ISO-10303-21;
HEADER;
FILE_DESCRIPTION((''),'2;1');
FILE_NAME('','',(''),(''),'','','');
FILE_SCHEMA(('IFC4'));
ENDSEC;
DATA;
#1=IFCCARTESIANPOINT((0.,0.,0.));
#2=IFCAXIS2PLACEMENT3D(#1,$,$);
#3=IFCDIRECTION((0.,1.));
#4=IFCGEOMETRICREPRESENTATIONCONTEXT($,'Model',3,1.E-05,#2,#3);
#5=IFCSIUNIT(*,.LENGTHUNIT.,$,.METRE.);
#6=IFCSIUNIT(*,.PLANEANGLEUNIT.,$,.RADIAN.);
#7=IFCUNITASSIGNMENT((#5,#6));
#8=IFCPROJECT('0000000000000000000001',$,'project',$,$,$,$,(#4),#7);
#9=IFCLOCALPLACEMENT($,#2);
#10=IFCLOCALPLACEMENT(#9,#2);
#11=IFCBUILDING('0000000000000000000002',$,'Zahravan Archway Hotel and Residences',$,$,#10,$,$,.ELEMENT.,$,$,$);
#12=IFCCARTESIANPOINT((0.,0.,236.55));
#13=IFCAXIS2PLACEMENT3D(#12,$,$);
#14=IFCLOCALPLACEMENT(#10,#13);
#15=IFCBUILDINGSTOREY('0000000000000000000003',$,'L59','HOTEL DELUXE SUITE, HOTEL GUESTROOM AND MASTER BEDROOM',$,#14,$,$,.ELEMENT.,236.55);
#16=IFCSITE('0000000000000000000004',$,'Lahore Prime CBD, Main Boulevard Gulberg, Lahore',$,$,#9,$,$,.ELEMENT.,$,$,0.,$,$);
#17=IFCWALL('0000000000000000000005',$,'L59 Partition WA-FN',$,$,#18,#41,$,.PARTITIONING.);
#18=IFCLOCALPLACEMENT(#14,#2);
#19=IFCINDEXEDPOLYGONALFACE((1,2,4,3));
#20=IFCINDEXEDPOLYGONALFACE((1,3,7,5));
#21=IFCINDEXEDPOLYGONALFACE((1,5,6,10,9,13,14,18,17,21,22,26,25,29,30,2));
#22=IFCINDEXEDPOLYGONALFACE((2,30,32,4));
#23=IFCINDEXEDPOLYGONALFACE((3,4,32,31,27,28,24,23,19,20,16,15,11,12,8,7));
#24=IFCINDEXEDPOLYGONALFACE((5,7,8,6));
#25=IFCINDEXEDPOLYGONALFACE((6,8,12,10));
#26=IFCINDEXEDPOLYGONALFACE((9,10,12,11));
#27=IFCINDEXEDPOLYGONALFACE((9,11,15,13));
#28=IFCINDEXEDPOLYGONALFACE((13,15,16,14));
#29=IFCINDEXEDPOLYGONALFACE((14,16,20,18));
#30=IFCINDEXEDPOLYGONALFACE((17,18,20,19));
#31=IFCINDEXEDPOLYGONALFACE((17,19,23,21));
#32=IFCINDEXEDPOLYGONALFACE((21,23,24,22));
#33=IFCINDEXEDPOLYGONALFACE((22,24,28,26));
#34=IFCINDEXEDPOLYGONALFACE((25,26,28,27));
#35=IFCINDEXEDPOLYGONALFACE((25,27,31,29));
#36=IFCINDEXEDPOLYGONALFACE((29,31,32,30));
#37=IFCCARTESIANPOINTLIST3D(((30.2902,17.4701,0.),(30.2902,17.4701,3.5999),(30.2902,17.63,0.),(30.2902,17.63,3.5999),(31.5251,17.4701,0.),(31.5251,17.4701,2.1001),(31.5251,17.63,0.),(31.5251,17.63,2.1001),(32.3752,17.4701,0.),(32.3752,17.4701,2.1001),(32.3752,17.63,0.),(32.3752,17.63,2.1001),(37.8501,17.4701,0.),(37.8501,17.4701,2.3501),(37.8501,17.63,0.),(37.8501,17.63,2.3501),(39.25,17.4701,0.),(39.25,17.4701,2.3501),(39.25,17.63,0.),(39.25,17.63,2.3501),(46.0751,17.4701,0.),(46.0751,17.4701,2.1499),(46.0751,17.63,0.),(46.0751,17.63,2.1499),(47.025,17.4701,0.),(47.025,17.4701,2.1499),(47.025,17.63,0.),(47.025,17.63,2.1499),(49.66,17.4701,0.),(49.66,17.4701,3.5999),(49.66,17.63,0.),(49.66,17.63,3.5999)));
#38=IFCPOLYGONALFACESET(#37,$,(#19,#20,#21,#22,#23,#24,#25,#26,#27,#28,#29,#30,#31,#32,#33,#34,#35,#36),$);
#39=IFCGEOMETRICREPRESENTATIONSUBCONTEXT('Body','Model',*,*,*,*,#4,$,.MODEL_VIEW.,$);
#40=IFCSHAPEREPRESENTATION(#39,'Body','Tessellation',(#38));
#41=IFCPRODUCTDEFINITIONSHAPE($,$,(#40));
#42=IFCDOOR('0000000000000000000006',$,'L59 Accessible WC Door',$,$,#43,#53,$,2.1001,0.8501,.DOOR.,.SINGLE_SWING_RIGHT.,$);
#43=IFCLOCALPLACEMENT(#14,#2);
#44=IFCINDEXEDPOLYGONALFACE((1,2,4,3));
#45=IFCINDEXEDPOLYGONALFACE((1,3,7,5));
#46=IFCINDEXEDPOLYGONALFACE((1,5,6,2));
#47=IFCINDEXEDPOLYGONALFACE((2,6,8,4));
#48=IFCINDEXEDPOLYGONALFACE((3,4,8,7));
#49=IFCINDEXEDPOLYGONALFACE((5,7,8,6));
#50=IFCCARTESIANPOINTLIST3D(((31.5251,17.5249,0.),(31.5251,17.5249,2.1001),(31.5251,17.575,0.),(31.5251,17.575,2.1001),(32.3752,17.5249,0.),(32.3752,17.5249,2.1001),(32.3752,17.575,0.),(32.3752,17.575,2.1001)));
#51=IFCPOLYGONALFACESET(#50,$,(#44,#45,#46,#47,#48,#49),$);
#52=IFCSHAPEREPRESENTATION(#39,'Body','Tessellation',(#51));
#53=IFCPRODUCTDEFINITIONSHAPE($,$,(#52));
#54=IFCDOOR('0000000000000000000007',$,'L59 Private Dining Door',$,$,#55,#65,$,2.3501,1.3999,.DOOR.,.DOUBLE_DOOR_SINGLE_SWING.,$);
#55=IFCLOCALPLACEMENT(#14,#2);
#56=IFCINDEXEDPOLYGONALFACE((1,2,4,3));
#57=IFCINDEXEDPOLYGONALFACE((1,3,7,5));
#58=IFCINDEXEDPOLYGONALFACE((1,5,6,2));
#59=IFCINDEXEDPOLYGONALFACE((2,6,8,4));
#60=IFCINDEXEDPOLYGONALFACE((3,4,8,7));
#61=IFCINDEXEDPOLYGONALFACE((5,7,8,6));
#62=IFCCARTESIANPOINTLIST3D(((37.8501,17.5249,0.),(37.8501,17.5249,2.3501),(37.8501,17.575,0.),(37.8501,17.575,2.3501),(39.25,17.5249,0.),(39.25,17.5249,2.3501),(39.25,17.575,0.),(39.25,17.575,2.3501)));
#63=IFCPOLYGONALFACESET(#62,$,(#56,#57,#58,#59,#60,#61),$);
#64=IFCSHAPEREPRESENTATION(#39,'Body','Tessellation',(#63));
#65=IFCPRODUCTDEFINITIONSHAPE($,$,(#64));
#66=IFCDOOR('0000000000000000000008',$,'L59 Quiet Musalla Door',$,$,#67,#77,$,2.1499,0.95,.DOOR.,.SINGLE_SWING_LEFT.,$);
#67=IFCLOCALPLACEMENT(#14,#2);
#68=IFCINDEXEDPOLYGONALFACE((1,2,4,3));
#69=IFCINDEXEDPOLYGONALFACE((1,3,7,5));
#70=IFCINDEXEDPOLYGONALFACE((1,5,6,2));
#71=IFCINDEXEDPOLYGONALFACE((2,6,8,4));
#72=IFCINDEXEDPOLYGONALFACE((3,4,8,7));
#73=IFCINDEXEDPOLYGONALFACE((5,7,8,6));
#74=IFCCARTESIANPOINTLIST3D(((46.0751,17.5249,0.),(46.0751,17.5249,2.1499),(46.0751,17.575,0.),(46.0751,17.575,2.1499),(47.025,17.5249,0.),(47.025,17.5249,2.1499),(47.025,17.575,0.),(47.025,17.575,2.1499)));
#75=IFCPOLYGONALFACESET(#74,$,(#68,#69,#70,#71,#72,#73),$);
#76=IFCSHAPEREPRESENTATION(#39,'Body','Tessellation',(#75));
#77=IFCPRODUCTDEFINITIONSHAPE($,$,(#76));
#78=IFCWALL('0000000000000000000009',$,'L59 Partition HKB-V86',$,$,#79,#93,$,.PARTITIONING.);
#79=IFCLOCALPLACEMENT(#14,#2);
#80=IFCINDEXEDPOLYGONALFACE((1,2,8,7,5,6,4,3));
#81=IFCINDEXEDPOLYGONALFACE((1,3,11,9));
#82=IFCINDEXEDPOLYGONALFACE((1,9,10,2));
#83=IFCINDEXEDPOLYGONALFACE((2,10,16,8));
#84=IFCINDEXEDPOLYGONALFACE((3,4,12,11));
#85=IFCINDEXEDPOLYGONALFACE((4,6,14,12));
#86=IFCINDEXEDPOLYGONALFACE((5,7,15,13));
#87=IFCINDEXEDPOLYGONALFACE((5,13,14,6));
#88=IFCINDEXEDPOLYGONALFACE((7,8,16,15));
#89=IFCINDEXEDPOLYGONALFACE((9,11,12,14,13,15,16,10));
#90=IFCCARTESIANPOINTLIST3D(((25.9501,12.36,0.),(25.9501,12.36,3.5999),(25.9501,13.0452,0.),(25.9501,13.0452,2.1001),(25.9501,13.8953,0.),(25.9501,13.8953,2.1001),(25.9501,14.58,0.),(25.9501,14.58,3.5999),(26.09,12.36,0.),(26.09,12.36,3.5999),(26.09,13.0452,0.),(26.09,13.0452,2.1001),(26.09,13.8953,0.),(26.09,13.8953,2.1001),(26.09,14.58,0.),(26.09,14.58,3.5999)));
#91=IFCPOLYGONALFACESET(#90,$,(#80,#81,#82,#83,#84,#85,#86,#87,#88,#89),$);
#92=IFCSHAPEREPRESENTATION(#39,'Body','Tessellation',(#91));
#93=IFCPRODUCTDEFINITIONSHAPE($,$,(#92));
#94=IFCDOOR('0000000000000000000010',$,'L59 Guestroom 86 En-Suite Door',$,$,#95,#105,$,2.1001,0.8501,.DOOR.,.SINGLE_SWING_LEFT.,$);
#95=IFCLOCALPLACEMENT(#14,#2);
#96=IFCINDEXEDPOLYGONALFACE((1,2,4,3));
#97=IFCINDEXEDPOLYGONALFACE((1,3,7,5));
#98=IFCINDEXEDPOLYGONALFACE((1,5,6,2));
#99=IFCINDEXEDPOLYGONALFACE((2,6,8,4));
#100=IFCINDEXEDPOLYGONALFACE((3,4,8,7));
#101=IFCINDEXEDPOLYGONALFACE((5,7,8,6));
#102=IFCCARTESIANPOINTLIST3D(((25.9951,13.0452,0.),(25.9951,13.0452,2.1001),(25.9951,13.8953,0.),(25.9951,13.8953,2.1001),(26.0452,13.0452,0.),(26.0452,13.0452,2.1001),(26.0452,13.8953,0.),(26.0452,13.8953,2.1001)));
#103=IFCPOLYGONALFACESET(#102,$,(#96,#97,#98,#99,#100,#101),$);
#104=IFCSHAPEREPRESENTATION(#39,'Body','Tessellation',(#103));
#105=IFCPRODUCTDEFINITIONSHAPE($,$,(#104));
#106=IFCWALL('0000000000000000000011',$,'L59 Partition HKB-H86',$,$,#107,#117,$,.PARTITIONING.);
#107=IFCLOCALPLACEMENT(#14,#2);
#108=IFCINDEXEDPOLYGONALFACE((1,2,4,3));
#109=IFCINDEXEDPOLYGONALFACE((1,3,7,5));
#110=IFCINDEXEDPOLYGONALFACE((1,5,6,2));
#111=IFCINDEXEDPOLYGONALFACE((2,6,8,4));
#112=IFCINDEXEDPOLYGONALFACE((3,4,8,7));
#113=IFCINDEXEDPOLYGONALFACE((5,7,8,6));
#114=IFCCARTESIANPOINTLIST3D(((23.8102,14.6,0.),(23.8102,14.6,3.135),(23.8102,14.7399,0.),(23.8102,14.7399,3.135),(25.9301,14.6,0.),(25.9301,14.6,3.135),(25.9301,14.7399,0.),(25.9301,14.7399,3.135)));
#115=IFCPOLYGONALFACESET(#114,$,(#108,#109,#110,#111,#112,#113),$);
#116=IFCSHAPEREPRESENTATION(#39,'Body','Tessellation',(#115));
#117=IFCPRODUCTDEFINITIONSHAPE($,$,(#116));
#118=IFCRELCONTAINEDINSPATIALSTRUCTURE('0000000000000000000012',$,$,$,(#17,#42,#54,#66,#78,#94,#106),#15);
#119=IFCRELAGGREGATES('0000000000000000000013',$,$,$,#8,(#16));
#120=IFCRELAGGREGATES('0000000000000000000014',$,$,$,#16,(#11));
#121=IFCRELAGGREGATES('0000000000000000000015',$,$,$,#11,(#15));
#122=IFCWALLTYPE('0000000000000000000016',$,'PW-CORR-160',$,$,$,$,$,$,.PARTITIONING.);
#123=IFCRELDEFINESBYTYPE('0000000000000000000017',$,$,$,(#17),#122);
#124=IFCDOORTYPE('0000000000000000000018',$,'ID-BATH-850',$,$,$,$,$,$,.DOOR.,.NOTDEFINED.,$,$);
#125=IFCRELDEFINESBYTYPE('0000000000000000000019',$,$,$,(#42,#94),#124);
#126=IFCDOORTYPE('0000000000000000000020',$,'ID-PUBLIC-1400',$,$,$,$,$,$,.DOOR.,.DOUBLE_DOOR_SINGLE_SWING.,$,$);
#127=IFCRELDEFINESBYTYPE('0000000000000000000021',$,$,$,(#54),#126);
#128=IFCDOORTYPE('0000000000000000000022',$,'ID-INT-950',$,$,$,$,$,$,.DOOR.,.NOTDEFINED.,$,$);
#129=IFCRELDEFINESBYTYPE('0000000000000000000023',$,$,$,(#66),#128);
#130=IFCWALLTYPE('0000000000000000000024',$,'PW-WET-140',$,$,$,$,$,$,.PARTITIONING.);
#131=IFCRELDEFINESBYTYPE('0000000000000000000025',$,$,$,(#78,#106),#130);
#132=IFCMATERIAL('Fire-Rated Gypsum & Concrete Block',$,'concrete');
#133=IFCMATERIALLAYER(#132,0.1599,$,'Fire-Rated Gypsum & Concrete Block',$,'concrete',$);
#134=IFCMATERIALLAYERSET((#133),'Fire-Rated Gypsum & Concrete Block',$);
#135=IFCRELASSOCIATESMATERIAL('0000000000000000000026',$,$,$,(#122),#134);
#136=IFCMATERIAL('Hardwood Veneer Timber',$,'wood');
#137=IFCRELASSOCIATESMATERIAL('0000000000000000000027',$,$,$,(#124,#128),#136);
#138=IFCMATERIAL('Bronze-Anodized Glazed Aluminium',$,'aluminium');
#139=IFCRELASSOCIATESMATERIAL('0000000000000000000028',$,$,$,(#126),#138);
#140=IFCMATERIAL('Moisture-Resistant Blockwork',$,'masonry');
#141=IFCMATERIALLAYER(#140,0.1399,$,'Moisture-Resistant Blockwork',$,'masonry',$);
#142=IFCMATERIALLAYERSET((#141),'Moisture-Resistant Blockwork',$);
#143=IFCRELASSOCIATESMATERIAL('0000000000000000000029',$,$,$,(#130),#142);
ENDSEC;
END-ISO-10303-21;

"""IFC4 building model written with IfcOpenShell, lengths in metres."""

from ifc_helpers import new_model, si_unit, direction, frame, frame_2d, origin, place, context, subcontext, project, spatial, rectangle, extrude, source, transform, mapped, material, layer, layer_set, type_object, type_shapes, element, fill, save


model = new_model("IFC4")

# Units and contexts
model_context = context("Model", 3, precision=1e-05, world=origin(), true_north=direction((0.0, 1.0)))
body_context = subcontext(model_context, "Body", "Model", "MODEL_VIEW")
ifc_project = project(units=[si_unit("LENGTHUNIT", "METRE"), si_unit("PLANEANGLEUNIT", "RADIAN")], contexts=[model_context])

# Site, building, storey
site_placement = place(None, origin())
site = spatial("IfcSite", under=ifc_project, at=site_placement, Name="Lahore Prime CBD, Main Boulevard Gulberg, Lahore", CompositionType="ELEMENT", RefElevation=0.0)
building_placement = place(site_placement, origin())
building = spatial("IfcBuilding", under=site, at=building_placement, Name="Zahravan Archway Hotel and Residences", CompositionType="ELEMENT")
storey_placement = place(building_placement, frame((0.0, 0.0, 236.55)))
storey = spatial("IfcBuildingStorey", under=building, at=storey_placement, Name="L59", Description="HOTEL DELUXE SUITE, HOTEL GUESTROOM AND MASTER BEDROOM", CompositionType="ELEMENT", Elevation=236.55)

# Shared definitions
ifc_material_1 = material(Name="Fire-Rated Gypsum & Concrete Block", Category="concrete")
ifc_layer_1 = layer(ifc_material_1, 0.1599, Name="Fire-Rated Gypsum & Concrete Block", Category="concrete")
ifc_layer_set_1 = layer_set([ifc_layer_1], Name="Fire-Rated Gypsum & Concrete Block")
wall_type_1 = type_object("IfcWallType", Name="PW-CORR-160", PredefinedType="PARTITIONING", material=ifc_layer_set_1)

# Wall, openings, doors
wall_1_placement = place(storey_placement, frame((30.29, 17.55, 0.0), z_axis=(0.0, 0.0, 1.0), x_axis=(1.0, 0.0, 0.0)))
wall_1 = element("IfcWall", 1, at=wall_1_placement, inside=storey, type_object=wall_type_1, Name="L59 Partition WA-FN", PredefinedType="PARTITIONING", context=body_context, shape_type="SweptSolid", body=[
    extrude(rectangle(XDim=19.3699, YDim=0.1599, at=frame_2d((9.6851, 0.0))), origin(), (0.0, 0.0, 1.0), 3.5999),
])
opening_1_placement = place(wall_1_placement, frame((1.2351, 0.0, 0.0)))
opening_1 = element("IfcOpeningElement", 2, at=opening_1_placement, cuts=wall_1, PredefinedType="OPENING", context=body_context, shape_type="SweptSolid", body=[
    extrude(rectangle(XDim=0.8501, YDim=2.1001, at=frame_2d((0.425, 1.05))), frame((0.0, 0.0898, 0.0), z_axis=(0.0, -1.0, 0.0), x_axis=(1.0, 0.0, 0.0)), (0.0, 0.0, 1.0), 0.1799),
])
opening_2_placement = place(wall_1_placement, frame((7.5601, 0.0, 0.0)))
opening_2 = element("IfcOpeningElement", 3, at=opening_2_placement, cuts=wall_1, PredefinedType="OPENING", context=body_context, shape_type="SweptSolid", body=[
    extrude(rectangle(XDim=1.3999, YDim=2.3501, at=frame_2d((0.7, 1.175))), frame((0.0, 0.0898, 0.0), z_axis=(0.0, -1.0, 0.0), x_axis=(1.0, 0.0, 0.0)), (0.0, 0.0, 1.0), 0.1799),
])
opening_3_placement = place(wall_1_placement, frame((15.7849, 0.0, 0.0)))
opening_3 = element("IfcOpeningElement", 4, at=opening_3_placement, cuts=wall_1, PredefinedType="OPENING", context=body_context, shape_type="SweptSolid", body=[
    extrude(rectangle(XDim=0.95, YDim=2.1499, at=frame_2d((0.4751, 1.075))), frame((0.0, 0.0898, 0.0), z_axis=(0.0, -1.0, 0.0), x_axis=(1.0, 0.0, 0.0)), (0.0, 0.0, 1.0), 0.1799),
])
ifc_material_2 = material(Name="Hardwood Veneer Timber", Category="wood")
door_type_1 = type_object("IfcDoorType", Name="ID-BATH-850", OperationType="NOTDEFINED", PredefinedType="DOOR", material=ifc_material_2)
shared_shape_1 = source(origin(), body_context, "Body", "SweptSolid", [
    extrude(rectangle(XDim=0.8501, YDim=2.1001, at=frame_2d((0.425, 1.05))), frame((0.0, 0.0249, 0.0), z_axis=(0.0, -1.0, 0.0), x_axis=(1.0, 0.0, 0.0)), (0.0, 0.0, 1.0), 0.05),
])
type_shapes(door_type_1, [shared_shape_1])
door_1_placement = place(opening_1_placement, origin())
door_1 = element("IfcDoor", 5, at=door_1_placement, inside=storey, type_object=door_type_1, Name="L59 Accessible WC Door", OperationType="SINGLE_SWING_RIGHT", OverallHeight=2.1001, OverallWidth=0.8501, PredefinedType="DOOR", context=body_context, shape_type="MappedRepresentation", body=[
    mapped(shared_shape_1, transform((0.0, 0.0, 0.0), scale=1.0)),
])
fill(opening_1, door_1)
ifc_material_3 = material(Name="Bronze-Anodized Glazed Aluminium", Category="aluminium")
door_type_2 = type_object("IfcDoorType", Name="ID-PUBLIC-1400", OperationType="DOUBLE_DOOR_SINGLE_SWING", PredefinedType="DOOR", material=ifc_material_3)
shared_shape_2 = source(origin(), body_context, "Body", "SweptSolid", [
    extrude(rectangle(XDim=1.3999, YDim=2.3501, at=frame_2d((0.7, 1.175))), frame((0.0, 0.0249, 0.0), z_axis=(0.0, -1.0, 0.0), x_axis=(1.0, 0.0, 0.0)), (0.0, 0.0, 1.0), 0.05),
])
type_shapes(door_type_2, [shared_shape_2])
door_2_placement = place(opening_2_placement, origin())
door_2 = element("IfcDoor", 6, at=door_2_placement, inside=storey, type_object=door_type_2, Name="L59 Private Dining Door", OperationType="DOUBLE_DOOR_SINGLE_SWING", OverallHeight=2.3501, OverallWidth=1.3999, PredefinedType="DOOR", context=body_context, shape_type="MappedRepresentation", body=[
    mapped(shared_shape_2, transform((0.0, 0.0, 0.0), scale=1.0)),
])
fill(opening_2, door_2)
door_type_3 = type_object("IfcDoorType", Name="ID-INT-950", OperationType="NOTDEFINED", PredefinedType="DOOR", material=ifc_material_2)
shared_shape_3 = source(origin(), body_context, "Body", "SweptSolid", [
    extrude(rectangle(XDim=0.95, YDim=2.1499, at=frame_2d((0.4751, 1.075))), frame((0.0, 0.0249, 0.0), z_axis=(0.0, -1.0, 0.0), x_axis=(1.0, 0.0, 0.0)), (0.0, 0.0, 1.0), 0.05),
])
type_shapes(door_type_3, [shared_shape_3])
door_3_placement = place(opening_3_placement, origin())
door_3 = element("IfcDoor", 7, at=door_3_placement, inside=storey, type_object=door_type_3, Name="L59 Quiet Musalla Door", OperationType="SINGLE_SWING_LEFT", OverallHeight=2.1499, OverallWidth=0.95, PredefinedType="DOOR", context=body_context, shape_type="MappedRepresentation", body=[
    mapped(shared_shape_3, transform((0.0, 0.0, 0.0), scale=1.0)),
])
fill(opening_3, door_3)

# Wall, opening, door
ifc_material_4 = material(Name="Moisture-Resistant Blockwork", Category="masonry")
ifc_layer_2 = layer(ifc_material_4, 0.1399, Name="Moisture-Resistant Blockwork", Category="masonry")
ifc_layer_set_2 = layer_set([ifc_layer_2], Name="Moisture-Resistant Blockwork")
wall_type_2 = type_object("IfcWallType", Name="PW-WET-140", PredefinedType="PARTITIONING", material=ifc_layer_set_2)
wall_2_placement = place(storey_placement, frame((26.02, 12.3601, 0.0), z_axis=(0.0, 0.0, 1.0), x_axis=(0.0, 1.0, 0.0)))
wall_2 = element("IfcWall", 8, at=wall_2_placement, inside=storey, type_object=wall_type_2, Name="L59 Partition HKB-V86", PredefinedType="PARTITIONING", context=body_context, shape_type="SweptSolid", body=[
    extrude(rectangle(XDim=2.22, YDim=0.1399, at=frame_2d((1.1099, 0.0))), origin(), (0.0, 0.0, 1.0), 3.5999),
])
opening_4_placement = place(wall_2_placement, frame((0.6851, 0.0, 0.0)))
opening_4 = element("IfcOpeningElement", 9, at=opening_4_placement, cuts=wall_2, PredefinedType="OPENING", context=body_context, shape_type="SweptSolid", body=[
    extrude(rectangle(XDim=0.8501, YDim=2.1001, at=frame_2d((0.425, 1.05))), frame((0.0, 0.0801, 0.0), z_axis=(0.0, -1.0, 0.0), x_axis=(1.0, 0.0, 0.0)), (0.0, 0.0, 1.0), 0.1599),
])
door_4_placement = place(opening_4_placement, origin())
door_4 = element("IfcDoor", 10, at=door_4_placement, inside=storey, type_object=door_type_1, Name="L59 Guestroom 86 En-Suite Door", OperationType="SINGLE_SWING_LEFT", OverallHeight=2.1001, OverallWidth=0.8501, PredefinedType="DOOR", context=body_context, shape_type="MappedRepresentation", body=[
    mapped(shared_shape_1, transform((0.0, 0.0, 0.0), scale=1.0)),
])
fill(opening_4, door_4)

# Wall
wall_3_placement = place(storey_placement, frame((23.8101, 14.6699, 0.0), z_axis=(0.0, 0.0, 1.0), x_axis=(1.0, 0.0, 0.0)))
element("IfcWall", 11, at=wall_3_placement, inside=storey, type_object=wall_type_2, Name="L59 Partition HKB-H86", PredefinedType="PARTITIONING", context=body_context, shape_type="SweptSolid", body=[
    extrude(rectangle(XDim=2.1199, YDim=0.1399, at=frame_2d((1.0601, 0.0))), origin(), (0.0, 0.0, 1.0), 3.135),
])

save(model, "model.ifc")
